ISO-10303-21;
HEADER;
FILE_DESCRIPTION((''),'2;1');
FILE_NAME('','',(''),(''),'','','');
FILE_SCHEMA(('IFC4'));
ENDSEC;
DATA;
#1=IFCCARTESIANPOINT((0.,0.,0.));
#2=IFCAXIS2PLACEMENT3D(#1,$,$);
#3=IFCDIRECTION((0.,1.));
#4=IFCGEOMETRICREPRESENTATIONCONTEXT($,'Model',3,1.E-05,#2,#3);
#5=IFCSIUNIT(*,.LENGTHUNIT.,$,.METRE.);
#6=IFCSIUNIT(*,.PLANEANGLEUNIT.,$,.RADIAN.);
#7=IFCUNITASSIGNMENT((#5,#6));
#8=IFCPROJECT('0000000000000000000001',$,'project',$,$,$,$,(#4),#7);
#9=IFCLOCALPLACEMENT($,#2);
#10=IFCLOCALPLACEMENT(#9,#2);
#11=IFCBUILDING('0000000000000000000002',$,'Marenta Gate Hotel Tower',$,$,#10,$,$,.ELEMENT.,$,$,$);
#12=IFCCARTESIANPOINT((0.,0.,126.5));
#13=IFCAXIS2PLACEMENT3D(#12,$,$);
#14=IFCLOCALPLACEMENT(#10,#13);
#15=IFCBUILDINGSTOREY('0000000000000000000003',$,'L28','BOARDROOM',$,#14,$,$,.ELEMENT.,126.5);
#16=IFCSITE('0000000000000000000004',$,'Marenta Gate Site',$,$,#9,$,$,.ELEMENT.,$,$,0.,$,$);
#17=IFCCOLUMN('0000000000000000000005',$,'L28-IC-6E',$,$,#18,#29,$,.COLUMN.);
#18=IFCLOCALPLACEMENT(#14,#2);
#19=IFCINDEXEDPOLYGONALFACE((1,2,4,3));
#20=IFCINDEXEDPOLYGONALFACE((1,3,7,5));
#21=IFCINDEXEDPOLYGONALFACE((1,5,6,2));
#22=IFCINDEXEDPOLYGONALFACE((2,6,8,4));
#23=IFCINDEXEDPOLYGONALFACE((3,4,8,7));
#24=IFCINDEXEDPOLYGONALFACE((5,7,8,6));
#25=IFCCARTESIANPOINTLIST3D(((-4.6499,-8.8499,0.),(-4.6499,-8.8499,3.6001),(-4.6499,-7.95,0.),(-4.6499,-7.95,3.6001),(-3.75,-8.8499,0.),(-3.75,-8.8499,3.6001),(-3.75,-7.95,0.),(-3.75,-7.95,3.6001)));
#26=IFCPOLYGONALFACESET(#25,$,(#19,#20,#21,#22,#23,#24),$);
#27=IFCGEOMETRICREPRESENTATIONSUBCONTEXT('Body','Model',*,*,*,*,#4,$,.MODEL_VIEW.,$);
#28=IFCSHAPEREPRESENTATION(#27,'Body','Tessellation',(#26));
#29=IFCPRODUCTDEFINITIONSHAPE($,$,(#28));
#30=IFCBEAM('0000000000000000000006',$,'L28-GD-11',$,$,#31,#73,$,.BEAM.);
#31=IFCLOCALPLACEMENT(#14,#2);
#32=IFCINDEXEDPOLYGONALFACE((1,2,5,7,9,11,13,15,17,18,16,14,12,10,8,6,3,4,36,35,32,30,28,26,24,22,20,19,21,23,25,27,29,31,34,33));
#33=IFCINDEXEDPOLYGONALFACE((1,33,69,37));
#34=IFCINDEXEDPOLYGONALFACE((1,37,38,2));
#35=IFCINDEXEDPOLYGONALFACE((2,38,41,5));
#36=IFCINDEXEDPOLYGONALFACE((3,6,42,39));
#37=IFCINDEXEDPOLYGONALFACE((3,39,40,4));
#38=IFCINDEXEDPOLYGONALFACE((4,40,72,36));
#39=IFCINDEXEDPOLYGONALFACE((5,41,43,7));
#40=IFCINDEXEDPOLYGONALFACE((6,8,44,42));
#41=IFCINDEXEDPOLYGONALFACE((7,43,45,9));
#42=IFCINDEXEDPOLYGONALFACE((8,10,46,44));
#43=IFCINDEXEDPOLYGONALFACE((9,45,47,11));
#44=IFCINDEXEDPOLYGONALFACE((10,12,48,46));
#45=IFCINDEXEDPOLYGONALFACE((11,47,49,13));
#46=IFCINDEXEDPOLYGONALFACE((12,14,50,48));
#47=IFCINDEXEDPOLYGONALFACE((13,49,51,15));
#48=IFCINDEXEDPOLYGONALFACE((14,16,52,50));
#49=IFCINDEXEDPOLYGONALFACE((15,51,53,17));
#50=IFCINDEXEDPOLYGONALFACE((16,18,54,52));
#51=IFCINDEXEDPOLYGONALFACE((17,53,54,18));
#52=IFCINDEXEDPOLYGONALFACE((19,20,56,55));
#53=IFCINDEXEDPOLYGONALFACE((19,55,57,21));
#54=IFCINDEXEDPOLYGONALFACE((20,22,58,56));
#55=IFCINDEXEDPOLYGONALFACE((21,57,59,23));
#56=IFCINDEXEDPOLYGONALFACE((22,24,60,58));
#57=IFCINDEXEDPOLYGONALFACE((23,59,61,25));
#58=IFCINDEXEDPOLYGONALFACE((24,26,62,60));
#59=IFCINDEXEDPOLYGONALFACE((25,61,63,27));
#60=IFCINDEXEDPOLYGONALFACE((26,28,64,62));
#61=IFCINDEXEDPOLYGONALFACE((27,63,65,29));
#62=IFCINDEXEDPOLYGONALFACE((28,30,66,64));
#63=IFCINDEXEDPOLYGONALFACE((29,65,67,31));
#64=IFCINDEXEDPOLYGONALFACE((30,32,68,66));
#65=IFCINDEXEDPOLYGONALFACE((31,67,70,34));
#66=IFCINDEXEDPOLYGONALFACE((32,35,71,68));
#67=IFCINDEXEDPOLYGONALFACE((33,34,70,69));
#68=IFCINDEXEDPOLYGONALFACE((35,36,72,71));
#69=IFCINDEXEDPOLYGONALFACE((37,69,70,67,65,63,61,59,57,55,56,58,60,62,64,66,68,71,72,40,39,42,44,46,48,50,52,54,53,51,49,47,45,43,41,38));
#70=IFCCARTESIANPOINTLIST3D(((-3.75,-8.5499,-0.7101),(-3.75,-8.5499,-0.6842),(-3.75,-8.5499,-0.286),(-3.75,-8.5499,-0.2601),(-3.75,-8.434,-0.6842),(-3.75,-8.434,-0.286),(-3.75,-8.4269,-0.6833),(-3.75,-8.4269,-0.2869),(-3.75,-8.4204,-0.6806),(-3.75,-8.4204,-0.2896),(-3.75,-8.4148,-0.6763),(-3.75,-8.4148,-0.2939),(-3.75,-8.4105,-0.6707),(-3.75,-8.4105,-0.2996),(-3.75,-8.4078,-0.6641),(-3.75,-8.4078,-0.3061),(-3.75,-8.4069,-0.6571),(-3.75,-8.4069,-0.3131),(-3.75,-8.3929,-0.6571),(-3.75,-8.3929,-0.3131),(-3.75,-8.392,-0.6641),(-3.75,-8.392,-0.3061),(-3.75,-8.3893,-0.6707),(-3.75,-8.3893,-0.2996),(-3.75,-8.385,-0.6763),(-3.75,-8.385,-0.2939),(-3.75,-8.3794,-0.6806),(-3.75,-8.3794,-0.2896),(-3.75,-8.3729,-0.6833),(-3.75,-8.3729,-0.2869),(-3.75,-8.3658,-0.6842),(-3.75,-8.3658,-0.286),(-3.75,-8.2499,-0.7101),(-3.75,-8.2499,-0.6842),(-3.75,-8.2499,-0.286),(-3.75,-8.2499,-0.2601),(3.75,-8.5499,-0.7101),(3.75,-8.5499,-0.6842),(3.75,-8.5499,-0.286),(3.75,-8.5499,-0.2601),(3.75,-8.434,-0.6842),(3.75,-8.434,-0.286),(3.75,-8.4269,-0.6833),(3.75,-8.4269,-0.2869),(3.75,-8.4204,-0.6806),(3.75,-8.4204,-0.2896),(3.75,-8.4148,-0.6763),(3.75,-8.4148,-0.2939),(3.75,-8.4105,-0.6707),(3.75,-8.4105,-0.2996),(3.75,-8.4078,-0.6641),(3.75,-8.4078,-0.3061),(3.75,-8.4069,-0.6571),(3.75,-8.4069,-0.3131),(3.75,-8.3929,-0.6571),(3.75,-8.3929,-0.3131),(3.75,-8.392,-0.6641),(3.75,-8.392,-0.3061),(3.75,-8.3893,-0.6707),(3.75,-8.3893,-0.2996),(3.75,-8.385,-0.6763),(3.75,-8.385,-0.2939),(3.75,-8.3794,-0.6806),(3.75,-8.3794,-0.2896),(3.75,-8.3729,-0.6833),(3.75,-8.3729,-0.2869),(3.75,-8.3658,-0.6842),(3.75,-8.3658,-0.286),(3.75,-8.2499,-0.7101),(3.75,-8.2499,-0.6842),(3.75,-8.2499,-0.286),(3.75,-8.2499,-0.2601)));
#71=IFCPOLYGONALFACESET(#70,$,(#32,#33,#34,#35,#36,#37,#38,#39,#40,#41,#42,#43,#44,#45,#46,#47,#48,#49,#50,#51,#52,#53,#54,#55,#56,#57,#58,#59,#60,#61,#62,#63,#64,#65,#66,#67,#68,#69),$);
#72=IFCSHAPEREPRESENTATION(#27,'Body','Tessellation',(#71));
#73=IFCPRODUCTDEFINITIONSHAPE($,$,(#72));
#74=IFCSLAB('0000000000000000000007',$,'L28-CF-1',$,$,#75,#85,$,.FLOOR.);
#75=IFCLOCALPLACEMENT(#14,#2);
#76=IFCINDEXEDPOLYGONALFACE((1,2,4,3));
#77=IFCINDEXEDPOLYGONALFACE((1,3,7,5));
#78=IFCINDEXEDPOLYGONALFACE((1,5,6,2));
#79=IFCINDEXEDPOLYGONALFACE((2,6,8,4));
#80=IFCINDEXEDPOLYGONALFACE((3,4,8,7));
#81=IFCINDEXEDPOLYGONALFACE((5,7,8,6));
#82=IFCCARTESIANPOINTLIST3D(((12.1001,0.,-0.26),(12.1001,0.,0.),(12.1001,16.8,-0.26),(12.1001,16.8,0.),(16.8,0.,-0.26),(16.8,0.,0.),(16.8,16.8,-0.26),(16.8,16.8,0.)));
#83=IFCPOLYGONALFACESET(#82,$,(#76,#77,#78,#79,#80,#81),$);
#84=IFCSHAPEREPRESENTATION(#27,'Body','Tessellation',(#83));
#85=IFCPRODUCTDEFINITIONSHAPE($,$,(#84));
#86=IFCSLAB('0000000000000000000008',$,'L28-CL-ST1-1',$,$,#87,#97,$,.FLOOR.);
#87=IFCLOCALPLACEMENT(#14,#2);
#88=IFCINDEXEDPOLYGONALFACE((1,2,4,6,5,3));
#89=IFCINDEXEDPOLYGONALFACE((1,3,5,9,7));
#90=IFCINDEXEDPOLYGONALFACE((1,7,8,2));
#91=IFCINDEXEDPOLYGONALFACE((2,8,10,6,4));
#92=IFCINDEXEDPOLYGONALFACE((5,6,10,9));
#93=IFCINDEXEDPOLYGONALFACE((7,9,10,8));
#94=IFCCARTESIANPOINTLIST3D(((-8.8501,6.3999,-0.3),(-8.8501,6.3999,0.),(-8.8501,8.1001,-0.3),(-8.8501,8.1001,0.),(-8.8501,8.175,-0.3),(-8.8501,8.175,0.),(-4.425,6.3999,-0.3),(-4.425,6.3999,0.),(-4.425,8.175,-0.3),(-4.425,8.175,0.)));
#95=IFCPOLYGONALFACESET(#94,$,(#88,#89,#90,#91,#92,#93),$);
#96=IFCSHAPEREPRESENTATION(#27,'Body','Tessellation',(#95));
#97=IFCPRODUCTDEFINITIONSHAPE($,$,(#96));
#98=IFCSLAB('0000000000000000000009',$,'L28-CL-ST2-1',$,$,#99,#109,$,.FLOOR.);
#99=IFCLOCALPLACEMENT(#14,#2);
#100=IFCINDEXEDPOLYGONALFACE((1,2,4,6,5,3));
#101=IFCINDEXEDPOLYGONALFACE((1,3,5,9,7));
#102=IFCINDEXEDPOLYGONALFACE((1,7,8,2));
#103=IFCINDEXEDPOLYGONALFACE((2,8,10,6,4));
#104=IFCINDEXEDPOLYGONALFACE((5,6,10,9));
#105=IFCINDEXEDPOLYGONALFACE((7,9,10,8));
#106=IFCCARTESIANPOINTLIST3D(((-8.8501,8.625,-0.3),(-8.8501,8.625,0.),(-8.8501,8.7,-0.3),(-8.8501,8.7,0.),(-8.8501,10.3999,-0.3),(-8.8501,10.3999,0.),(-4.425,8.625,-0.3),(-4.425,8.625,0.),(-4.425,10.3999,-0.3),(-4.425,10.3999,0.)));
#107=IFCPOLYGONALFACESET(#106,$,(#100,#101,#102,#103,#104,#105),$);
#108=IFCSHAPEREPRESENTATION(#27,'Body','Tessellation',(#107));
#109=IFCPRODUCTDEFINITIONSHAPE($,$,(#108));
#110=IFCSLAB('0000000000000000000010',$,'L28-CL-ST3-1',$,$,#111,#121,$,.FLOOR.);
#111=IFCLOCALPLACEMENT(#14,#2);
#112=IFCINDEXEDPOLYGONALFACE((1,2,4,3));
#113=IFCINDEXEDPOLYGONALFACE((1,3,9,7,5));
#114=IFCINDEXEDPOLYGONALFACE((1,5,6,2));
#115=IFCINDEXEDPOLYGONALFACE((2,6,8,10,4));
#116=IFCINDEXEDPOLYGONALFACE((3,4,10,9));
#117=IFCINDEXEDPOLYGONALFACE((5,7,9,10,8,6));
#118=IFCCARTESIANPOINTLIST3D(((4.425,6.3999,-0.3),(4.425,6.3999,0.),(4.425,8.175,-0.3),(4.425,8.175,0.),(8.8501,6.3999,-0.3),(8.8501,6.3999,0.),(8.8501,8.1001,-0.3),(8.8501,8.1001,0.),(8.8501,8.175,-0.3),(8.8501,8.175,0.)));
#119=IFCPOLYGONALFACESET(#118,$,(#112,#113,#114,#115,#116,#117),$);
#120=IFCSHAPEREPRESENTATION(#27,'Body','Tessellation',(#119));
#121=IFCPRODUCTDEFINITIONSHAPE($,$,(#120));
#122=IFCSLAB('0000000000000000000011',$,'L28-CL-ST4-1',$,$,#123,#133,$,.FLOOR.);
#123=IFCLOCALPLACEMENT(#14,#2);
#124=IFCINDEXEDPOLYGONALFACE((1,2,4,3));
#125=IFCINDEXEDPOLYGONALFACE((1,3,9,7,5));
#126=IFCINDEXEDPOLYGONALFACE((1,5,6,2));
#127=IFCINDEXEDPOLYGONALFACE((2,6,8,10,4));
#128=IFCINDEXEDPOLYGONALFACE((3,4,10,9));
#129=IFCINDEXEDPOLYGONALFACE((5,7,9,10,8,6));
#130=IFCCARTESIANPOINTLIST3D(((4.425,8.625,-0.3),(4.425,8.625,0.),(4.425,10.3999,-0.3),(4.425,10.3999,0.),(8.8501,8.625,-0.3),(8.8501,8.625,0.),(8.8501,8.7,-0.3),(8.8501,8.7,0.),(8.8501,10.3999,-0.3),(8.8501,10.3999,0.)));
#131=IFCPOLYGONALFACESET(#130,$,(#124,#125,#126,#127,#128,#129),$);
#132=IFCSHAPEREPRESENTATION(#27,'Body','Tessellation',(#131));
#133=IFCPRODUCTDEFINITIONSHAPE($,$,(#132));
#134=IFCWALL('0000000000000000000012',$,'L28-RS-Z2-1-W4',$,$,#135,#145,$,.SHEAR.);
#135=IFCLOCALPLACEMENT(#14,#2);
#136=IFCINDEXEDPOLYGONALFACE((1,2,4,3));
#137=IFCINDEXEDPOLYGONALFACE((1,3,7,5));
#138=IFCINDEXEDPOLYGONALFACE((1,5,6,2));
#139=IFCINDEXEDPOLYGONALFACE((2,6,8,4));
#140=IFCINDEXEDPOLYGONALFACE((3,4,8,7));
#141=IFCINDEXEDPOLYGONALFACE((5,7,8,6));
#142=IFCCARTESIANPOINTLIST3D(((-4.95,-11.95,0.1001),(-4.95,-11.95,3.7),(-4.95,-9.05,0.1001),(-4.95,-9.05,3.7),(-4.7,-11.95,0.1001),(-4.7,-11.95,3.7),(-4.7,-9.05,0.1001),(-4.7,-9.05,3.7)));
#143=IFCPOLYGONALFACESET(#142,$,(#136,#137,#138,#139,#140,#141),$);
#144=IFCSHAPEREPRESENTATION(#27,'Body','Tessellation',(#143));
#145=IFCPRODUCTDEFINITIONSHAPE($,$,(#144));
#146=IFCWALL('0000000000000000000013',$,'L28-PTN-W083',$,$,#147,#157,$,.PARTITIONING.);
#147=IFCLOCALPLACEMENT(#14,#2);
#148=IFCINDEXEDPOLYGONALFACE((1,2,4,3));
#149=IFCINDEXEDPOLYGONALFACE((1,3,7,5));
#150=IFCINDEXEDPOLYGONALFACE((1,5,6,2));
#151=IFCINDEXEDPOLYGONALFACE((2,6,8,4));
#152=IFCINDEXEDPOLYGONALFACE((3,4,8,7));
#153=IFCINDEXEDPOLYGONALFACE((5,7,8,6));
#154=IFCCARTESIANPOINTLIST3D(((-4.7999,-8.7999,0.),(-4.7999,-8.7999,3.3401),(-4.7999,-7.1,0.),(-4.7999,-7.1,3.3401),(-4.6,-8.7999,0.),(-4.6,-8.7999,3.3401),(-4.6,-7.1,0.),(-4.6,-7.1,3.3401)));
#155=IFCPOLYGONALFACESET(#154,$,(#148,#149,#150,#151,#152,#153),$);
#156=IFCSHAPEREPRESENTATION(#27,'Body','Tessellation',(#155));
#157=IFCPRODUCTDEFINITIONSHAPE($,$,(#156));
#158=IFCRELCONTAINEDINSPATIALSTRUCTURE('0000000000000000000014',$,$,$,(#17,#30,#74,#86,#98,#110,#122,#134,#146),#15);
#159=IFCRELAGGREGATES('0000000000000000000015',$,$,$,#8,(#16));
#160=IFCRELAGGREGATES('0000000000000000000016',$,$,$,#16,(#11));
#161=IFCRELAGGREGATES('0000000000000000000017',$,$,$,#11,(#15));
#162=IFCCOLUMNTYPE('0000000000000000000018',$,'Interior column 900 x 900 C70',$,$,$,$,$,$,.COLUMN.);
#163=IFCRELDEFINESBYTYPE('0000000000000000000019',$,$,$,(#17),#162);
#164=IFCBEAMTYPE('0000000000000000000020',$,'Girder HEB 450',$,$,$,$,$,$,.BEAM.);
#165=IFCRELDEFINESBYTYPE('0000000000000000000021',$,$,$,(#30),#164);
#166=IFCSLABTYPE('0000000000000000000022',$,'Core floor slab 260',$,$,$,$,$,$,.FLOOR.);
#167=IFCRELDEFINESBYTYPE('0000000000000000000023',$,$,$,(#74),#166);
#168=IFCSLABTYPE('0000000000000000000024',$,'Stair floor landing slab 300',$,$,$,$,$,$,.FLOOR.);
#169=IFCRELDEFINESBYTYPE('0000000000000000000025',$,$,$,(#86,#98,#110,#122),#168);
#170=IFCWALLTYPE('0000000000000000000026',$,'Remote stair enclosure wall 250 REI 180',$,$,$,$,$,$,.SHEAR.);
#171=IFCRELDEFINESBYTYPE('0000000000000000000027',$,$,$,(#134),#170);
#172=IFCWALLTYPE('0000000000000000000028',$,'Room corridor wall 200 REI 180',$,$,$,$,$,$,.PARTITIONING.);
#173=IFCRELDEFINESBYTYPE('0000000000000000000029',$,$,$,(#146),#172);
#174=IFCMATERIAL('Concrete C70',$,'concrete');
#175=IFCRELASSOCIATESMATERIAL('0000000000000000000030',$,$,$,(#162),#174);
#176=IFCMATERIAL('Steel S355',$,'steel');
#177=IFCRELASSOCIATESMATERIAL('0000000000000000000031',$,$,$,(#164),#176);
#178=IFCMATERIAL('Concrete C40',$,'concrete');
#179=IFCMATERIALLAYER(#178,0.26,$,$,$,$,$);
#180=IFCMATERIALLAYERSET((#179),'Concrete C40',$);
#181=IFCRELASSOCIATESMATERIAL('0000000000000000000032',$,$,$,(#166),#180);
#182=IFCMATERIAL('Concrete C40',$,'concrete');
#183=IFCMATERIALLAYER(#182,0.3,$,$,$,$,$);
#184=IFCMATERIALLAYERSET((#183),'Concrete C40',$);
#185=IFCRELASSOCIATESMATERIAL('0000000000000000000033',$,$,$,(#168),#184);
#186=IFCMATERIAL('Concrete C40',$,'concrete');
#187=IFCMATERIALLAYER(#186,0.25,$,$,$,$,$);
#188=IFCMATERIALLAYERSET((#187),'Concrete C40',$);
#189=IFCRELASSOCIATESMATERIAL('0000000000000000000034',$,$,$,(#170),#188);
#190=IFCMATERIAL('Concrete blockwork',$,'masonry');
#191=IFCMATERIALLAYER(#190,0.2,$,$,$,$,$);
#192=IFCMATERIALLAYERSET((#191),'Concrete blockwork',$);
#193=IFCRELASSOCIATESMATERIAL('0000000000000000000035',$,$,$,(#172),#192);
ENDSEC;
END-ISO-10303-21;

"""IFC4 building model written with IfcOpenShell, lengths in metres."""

from ifc_helpers import new_model, si_unit, direction, frame, frame_2d, origin, origin_2d, place, context, subcontext, project, spatial, polyline, rectangle, i_section, outline, extrude, material, layer, layer_set, material_profile, profile_set, type_object, element, save


model = new_model("IFC4")

# Units and contexts
model_context = context("Model", 3, precision=1e-05, world=origin(), true_north=direction((0.0, 1.0)))
body_context = subcontext(model_context, "Body", "Model", "MODEL_VIEW")
ifc_project = project(units=[si_unit("LENGTHUNIT", "METRE"), si_unit("PLANEANGLEUNIT", "RADIAN")], contexts=[model_context])

# Site, building, storey
site_placement = place(None, origin())
site = spatial("IfcSite", under=ifc_project, at=site_placement, Name="Marenta Gate Site", CompositionType="ELEMENT", RefElevation=0.0)
building_placement = place(site_placement, origin())
building = spatial("IfcBuilding", under=site, at=building_placement, Name="Marenta Gate Hotel Tower", CompositionType="ELEMENT")
storey_placement = place(building_placement, frame((0.0, 0.0, 126.5)))
storey = spatial("IfcBuildingStorey", under=building, at=storey_placement, Name="L28", Description="BOARDROOM", CompositionType="ELEMENT", Elevation=126.5)

# Column
ifc_material_1 = material(Name="Concrete C70", Category="concrete")
ifc_material_profile_1 = material_profile(ifc_material_1, rectangle(XDim=0.8999, YDim=0.8999, at=origin_2d()), Name="900 x 900")
ifc_profile_set_1 = profile_set([ifc_material_profile_1], Name="Concrete C70")
column_type = type_object("IfcColumnType", Name="Interior column 900 x 900 C70", PredefinedType="COLUMN", material=ifc_profile_set_1)
column_placement = place(storey_placement, frame((-4.2, -8.3999, 0.0), z_axis=(0.0, 0.0, 1.0), x_axis=(1.0, 0.0, 0.0)))
element("IfcColumn", 1, at=column_placement, inside=storey, type_object=column_type, Name="L28-IC-6E", PredefinedType="COLUMN", context=body_context, shape_type="SweptSolid", body=[
    extrude(rectangle(XDim=0.8999, YDim=0.8999, at=origin_2d()), origin(), (0.0, 0.0, 1.0), 3.6001),
])

# Beam
ifc_material_2 = material(Name="Steel S355", Category="steel")
ifc_material_profile_2 = material_profile(ifc_material_2, i_section(OverallWidth=0.3, OverallDepth=0.45, WebThickness=0.0139, FlangeThickness=0.0259, FilletRadius=0.0271, at=origin_2d()), Name="HEB 450")
ifc_profile_set_2 = profile_set([ifc_material_profile_2], Name="Steel S355")
beam_type = type_object("IfcBeamType", Name="Girder HEB 450", PredefinedType="BEAM", material=ifc_profile_set_2)
beam_placement = place(storey_placement, frame((-3.75, -8.3999, -0.4851), z_axis=(1.0, 0.0, 0.0), x_axis=(0.0, 1.0, 0.0)))
element("IfcBeam", 2, at=beam_placement, inside=storey, type_object=beam_type, Name="L28-GD-11", PredefinedType="BEAM", context=body_context, shape_type="SweptSolid", body=[
    extrude(i_section(OverallWidth=0.3, OverallDepth=0.45, WebThickness=0.0139, FlangeThickness=0.0259, FilletRadius=0.0271, at=origin_2d()), origin(), (0.0, 0.0, 1.0), 7.5),
])

# Slabs
ifc_material_3 = material(Name="Concrete C40", Category="concrete")
ifc_layer_1 = layer(ifc_material_3, 0.26)
ifc_layer_set_1 = layer_set([ifc_layer_1], Name="Concrete C40")
slab_type_1 = type_object("IfcSlabType", Name="Core floor slab 260", PredefinedType="FLOOR", material=ifc_layer_set_1)
slab_1_placement = place(storey_placement, frame((0.0, 0.0, -0.26)))
element("IfcSlab", 3, at=slab_1_placement, inside=storey, type_object=slab_type_1, Name="L28-CF-1", PredefinedType="FLOOR", context=body_context, shape_type="SweptSolid", body=[
    extrude(outline(polyline([(12.1001, 0.0), (12.1001, 16.8), (16.8, 16.8), (16.8, 0.0), (12.1001, 0.0)])), origin(), (0.0, 0.0, 1.0), 0.26),
])
ifc_material_4 = material(Name="Concrete C40", Category="concrete")
ifc_layer_2 = layer(ifc_material_4, 0.3)
ifc_layer_set_2 = layer_set([ifc_layer_2], Name="Concrete C40")
slab_type_2 = type_object("IfcSlabType", Name="Stair floor landing slab 300", PredefinedType="FLOOR", material=ifc_layer_set_2)
slab_2_placement = place(storey_placement, frame((0.0, 0.0, -0.3)))
element("IfcSlab", 4, at=slab_2_placement, inside=storey, type_object=slab_type_2, Name="L28-CL-ST1-1", PredefinedType="FLOOR", context=body_context, shape_type="SweptSolid", body=[
    extrude(outline(polyline([(-4.425, 6.3999), (-8.8501, 6.3999), (-8.8501, 8.1001), (-8.8501, 8.175), (-4.425, 8.175), (-4.425, 6.3999)])), origin(), (0.0, 0.0, 1.0), 0.3),
])
slab_3_placement = place(storey_placement, frame((0.0, 0.0, -0.3)))
element("IfcSlab", 5, at=slab_3_placement, inside=storey, type_object=slab_type_2, Name="L28-CL-ST2-1", PredefinedType="FLOOR", context=body_context, shape_type="SweptSolid", body=[
    extrude(outline(polyline([(-4.425, 8.625), (-8.8501, 8.625), (-8.8501, 8.7), (-8.8501, 10.3999), (-4.425, 10.3999), (-4.425, 8.625)])), origin(), (0.0, 0.0, 1.0), 0.3),
])
slab_4_placement = place(storey_placement, frame((0.0, 0.0, -0.3)))
element("IfcSlab", 6, at=slab_4_placement, inside=storey, type_object=slab_type_2, Name="L28-CL-ST3-1", PredefinedType="FLOOR", context=body_context, shape_type="SweptSolid", body=[
    extrude(outline(polyline([(4.425, 6.3999), (4.425, 8.175), (8.8501, 8.175), (8.8501, 8.1001), (8.8501, 6.3999), (4.425, 6.3999)])), origin(), (0.0, 0.0, 1.0), 0.3),
])
slab_5_placement = place(storey_placement, frame((0.0, 0.0, -0.3)))
element("IfcSlab", 7, at=slab_5_placement, inside=storey, type_object=slab_type_2, Name="L28-CL-ST4-1", PredefinedType="FLOOR", context=body_context, shape_type="SweptSolid", body=[
    extrude(outline(polyline([(4.425, 8.625), (4.425, 10.3999), (8.8501, 10.3999), (8.8501, 8.7), (8.8501, 8.625), (4.425, 8.625)])), origin(), (0.0, 0.0, 1.0), 0.3),
])

# Wall
ifc_material_5 = material(Name="Concrete C40", Category="concrete")
ifc_layer_3 = layer(ifc_material_5, 0.25)
ifc_layer_set_3 = layer_set([ifc_layer_3], Name="Concrete C40")
wall_type_1 = type_object("IfcWallType", Name="Remote stair enclosure wall 250 REI 180", PredefinedType="SHEAR", material=ifc_layer_set_3)
wall_1_placement = place(storey_placement, frame((-4.825, -11.95, 0.1001), z_axis=(0.0, 0.0, 1.0), x_axis=(0.0, 1.0, 0.0)))
element("IfcWall", 8, at=wall_1_placement, inside=storey, type_object=wall_type_1, Name="L28-RS-Z2-1-W4", PredefinedType="SHEAR", context=body_context, shape_type="SweptSolid", body=[
    extrude(rectangle(XDim=2.8999, YDim=0.25, at=frame_2d((1.45, 0.0))), origin(), (0.0, 0.0, 1.0), 3.5999),
])

# Wall
ifc_material_6 = material(Name="Concrete blockwork", Category="masonry")
ifc_layer_4 = layer(ifc_material_6, 0.2)
ifc_layer_set_4 = layer_set([ifc_layer_4], Name="Concrete blockwork")
wall_type_2 = type_object("IfcWallType", Name="Room corridor wall 200 REI 180", PredefinedType="PARTITIONING", material=ifc_layer_set_4)
wall_2_placement = place(storey_placement, frame((-4.7, -8.8, 0.0), z_axis=(0.0, 0.0, 1.0), x_axis=(0.0, 1.0, 0.0)))
element("IfcWall", 9, at=wall_2_placement, inside=storey, type_object=wall_type_2, Name="L28-PTN-W083", PredefinedType="PARTITIONING", context=body_context, shape_type="SweptSolid", body=[
    extrude(rectangle(XDim=1.7, YDim=0.2, at=frame_2d((0.8501, 0.0))), origin(), (0.0, 0.0, 1.0), 3.3401),
])

save(model, "model.ifc")
